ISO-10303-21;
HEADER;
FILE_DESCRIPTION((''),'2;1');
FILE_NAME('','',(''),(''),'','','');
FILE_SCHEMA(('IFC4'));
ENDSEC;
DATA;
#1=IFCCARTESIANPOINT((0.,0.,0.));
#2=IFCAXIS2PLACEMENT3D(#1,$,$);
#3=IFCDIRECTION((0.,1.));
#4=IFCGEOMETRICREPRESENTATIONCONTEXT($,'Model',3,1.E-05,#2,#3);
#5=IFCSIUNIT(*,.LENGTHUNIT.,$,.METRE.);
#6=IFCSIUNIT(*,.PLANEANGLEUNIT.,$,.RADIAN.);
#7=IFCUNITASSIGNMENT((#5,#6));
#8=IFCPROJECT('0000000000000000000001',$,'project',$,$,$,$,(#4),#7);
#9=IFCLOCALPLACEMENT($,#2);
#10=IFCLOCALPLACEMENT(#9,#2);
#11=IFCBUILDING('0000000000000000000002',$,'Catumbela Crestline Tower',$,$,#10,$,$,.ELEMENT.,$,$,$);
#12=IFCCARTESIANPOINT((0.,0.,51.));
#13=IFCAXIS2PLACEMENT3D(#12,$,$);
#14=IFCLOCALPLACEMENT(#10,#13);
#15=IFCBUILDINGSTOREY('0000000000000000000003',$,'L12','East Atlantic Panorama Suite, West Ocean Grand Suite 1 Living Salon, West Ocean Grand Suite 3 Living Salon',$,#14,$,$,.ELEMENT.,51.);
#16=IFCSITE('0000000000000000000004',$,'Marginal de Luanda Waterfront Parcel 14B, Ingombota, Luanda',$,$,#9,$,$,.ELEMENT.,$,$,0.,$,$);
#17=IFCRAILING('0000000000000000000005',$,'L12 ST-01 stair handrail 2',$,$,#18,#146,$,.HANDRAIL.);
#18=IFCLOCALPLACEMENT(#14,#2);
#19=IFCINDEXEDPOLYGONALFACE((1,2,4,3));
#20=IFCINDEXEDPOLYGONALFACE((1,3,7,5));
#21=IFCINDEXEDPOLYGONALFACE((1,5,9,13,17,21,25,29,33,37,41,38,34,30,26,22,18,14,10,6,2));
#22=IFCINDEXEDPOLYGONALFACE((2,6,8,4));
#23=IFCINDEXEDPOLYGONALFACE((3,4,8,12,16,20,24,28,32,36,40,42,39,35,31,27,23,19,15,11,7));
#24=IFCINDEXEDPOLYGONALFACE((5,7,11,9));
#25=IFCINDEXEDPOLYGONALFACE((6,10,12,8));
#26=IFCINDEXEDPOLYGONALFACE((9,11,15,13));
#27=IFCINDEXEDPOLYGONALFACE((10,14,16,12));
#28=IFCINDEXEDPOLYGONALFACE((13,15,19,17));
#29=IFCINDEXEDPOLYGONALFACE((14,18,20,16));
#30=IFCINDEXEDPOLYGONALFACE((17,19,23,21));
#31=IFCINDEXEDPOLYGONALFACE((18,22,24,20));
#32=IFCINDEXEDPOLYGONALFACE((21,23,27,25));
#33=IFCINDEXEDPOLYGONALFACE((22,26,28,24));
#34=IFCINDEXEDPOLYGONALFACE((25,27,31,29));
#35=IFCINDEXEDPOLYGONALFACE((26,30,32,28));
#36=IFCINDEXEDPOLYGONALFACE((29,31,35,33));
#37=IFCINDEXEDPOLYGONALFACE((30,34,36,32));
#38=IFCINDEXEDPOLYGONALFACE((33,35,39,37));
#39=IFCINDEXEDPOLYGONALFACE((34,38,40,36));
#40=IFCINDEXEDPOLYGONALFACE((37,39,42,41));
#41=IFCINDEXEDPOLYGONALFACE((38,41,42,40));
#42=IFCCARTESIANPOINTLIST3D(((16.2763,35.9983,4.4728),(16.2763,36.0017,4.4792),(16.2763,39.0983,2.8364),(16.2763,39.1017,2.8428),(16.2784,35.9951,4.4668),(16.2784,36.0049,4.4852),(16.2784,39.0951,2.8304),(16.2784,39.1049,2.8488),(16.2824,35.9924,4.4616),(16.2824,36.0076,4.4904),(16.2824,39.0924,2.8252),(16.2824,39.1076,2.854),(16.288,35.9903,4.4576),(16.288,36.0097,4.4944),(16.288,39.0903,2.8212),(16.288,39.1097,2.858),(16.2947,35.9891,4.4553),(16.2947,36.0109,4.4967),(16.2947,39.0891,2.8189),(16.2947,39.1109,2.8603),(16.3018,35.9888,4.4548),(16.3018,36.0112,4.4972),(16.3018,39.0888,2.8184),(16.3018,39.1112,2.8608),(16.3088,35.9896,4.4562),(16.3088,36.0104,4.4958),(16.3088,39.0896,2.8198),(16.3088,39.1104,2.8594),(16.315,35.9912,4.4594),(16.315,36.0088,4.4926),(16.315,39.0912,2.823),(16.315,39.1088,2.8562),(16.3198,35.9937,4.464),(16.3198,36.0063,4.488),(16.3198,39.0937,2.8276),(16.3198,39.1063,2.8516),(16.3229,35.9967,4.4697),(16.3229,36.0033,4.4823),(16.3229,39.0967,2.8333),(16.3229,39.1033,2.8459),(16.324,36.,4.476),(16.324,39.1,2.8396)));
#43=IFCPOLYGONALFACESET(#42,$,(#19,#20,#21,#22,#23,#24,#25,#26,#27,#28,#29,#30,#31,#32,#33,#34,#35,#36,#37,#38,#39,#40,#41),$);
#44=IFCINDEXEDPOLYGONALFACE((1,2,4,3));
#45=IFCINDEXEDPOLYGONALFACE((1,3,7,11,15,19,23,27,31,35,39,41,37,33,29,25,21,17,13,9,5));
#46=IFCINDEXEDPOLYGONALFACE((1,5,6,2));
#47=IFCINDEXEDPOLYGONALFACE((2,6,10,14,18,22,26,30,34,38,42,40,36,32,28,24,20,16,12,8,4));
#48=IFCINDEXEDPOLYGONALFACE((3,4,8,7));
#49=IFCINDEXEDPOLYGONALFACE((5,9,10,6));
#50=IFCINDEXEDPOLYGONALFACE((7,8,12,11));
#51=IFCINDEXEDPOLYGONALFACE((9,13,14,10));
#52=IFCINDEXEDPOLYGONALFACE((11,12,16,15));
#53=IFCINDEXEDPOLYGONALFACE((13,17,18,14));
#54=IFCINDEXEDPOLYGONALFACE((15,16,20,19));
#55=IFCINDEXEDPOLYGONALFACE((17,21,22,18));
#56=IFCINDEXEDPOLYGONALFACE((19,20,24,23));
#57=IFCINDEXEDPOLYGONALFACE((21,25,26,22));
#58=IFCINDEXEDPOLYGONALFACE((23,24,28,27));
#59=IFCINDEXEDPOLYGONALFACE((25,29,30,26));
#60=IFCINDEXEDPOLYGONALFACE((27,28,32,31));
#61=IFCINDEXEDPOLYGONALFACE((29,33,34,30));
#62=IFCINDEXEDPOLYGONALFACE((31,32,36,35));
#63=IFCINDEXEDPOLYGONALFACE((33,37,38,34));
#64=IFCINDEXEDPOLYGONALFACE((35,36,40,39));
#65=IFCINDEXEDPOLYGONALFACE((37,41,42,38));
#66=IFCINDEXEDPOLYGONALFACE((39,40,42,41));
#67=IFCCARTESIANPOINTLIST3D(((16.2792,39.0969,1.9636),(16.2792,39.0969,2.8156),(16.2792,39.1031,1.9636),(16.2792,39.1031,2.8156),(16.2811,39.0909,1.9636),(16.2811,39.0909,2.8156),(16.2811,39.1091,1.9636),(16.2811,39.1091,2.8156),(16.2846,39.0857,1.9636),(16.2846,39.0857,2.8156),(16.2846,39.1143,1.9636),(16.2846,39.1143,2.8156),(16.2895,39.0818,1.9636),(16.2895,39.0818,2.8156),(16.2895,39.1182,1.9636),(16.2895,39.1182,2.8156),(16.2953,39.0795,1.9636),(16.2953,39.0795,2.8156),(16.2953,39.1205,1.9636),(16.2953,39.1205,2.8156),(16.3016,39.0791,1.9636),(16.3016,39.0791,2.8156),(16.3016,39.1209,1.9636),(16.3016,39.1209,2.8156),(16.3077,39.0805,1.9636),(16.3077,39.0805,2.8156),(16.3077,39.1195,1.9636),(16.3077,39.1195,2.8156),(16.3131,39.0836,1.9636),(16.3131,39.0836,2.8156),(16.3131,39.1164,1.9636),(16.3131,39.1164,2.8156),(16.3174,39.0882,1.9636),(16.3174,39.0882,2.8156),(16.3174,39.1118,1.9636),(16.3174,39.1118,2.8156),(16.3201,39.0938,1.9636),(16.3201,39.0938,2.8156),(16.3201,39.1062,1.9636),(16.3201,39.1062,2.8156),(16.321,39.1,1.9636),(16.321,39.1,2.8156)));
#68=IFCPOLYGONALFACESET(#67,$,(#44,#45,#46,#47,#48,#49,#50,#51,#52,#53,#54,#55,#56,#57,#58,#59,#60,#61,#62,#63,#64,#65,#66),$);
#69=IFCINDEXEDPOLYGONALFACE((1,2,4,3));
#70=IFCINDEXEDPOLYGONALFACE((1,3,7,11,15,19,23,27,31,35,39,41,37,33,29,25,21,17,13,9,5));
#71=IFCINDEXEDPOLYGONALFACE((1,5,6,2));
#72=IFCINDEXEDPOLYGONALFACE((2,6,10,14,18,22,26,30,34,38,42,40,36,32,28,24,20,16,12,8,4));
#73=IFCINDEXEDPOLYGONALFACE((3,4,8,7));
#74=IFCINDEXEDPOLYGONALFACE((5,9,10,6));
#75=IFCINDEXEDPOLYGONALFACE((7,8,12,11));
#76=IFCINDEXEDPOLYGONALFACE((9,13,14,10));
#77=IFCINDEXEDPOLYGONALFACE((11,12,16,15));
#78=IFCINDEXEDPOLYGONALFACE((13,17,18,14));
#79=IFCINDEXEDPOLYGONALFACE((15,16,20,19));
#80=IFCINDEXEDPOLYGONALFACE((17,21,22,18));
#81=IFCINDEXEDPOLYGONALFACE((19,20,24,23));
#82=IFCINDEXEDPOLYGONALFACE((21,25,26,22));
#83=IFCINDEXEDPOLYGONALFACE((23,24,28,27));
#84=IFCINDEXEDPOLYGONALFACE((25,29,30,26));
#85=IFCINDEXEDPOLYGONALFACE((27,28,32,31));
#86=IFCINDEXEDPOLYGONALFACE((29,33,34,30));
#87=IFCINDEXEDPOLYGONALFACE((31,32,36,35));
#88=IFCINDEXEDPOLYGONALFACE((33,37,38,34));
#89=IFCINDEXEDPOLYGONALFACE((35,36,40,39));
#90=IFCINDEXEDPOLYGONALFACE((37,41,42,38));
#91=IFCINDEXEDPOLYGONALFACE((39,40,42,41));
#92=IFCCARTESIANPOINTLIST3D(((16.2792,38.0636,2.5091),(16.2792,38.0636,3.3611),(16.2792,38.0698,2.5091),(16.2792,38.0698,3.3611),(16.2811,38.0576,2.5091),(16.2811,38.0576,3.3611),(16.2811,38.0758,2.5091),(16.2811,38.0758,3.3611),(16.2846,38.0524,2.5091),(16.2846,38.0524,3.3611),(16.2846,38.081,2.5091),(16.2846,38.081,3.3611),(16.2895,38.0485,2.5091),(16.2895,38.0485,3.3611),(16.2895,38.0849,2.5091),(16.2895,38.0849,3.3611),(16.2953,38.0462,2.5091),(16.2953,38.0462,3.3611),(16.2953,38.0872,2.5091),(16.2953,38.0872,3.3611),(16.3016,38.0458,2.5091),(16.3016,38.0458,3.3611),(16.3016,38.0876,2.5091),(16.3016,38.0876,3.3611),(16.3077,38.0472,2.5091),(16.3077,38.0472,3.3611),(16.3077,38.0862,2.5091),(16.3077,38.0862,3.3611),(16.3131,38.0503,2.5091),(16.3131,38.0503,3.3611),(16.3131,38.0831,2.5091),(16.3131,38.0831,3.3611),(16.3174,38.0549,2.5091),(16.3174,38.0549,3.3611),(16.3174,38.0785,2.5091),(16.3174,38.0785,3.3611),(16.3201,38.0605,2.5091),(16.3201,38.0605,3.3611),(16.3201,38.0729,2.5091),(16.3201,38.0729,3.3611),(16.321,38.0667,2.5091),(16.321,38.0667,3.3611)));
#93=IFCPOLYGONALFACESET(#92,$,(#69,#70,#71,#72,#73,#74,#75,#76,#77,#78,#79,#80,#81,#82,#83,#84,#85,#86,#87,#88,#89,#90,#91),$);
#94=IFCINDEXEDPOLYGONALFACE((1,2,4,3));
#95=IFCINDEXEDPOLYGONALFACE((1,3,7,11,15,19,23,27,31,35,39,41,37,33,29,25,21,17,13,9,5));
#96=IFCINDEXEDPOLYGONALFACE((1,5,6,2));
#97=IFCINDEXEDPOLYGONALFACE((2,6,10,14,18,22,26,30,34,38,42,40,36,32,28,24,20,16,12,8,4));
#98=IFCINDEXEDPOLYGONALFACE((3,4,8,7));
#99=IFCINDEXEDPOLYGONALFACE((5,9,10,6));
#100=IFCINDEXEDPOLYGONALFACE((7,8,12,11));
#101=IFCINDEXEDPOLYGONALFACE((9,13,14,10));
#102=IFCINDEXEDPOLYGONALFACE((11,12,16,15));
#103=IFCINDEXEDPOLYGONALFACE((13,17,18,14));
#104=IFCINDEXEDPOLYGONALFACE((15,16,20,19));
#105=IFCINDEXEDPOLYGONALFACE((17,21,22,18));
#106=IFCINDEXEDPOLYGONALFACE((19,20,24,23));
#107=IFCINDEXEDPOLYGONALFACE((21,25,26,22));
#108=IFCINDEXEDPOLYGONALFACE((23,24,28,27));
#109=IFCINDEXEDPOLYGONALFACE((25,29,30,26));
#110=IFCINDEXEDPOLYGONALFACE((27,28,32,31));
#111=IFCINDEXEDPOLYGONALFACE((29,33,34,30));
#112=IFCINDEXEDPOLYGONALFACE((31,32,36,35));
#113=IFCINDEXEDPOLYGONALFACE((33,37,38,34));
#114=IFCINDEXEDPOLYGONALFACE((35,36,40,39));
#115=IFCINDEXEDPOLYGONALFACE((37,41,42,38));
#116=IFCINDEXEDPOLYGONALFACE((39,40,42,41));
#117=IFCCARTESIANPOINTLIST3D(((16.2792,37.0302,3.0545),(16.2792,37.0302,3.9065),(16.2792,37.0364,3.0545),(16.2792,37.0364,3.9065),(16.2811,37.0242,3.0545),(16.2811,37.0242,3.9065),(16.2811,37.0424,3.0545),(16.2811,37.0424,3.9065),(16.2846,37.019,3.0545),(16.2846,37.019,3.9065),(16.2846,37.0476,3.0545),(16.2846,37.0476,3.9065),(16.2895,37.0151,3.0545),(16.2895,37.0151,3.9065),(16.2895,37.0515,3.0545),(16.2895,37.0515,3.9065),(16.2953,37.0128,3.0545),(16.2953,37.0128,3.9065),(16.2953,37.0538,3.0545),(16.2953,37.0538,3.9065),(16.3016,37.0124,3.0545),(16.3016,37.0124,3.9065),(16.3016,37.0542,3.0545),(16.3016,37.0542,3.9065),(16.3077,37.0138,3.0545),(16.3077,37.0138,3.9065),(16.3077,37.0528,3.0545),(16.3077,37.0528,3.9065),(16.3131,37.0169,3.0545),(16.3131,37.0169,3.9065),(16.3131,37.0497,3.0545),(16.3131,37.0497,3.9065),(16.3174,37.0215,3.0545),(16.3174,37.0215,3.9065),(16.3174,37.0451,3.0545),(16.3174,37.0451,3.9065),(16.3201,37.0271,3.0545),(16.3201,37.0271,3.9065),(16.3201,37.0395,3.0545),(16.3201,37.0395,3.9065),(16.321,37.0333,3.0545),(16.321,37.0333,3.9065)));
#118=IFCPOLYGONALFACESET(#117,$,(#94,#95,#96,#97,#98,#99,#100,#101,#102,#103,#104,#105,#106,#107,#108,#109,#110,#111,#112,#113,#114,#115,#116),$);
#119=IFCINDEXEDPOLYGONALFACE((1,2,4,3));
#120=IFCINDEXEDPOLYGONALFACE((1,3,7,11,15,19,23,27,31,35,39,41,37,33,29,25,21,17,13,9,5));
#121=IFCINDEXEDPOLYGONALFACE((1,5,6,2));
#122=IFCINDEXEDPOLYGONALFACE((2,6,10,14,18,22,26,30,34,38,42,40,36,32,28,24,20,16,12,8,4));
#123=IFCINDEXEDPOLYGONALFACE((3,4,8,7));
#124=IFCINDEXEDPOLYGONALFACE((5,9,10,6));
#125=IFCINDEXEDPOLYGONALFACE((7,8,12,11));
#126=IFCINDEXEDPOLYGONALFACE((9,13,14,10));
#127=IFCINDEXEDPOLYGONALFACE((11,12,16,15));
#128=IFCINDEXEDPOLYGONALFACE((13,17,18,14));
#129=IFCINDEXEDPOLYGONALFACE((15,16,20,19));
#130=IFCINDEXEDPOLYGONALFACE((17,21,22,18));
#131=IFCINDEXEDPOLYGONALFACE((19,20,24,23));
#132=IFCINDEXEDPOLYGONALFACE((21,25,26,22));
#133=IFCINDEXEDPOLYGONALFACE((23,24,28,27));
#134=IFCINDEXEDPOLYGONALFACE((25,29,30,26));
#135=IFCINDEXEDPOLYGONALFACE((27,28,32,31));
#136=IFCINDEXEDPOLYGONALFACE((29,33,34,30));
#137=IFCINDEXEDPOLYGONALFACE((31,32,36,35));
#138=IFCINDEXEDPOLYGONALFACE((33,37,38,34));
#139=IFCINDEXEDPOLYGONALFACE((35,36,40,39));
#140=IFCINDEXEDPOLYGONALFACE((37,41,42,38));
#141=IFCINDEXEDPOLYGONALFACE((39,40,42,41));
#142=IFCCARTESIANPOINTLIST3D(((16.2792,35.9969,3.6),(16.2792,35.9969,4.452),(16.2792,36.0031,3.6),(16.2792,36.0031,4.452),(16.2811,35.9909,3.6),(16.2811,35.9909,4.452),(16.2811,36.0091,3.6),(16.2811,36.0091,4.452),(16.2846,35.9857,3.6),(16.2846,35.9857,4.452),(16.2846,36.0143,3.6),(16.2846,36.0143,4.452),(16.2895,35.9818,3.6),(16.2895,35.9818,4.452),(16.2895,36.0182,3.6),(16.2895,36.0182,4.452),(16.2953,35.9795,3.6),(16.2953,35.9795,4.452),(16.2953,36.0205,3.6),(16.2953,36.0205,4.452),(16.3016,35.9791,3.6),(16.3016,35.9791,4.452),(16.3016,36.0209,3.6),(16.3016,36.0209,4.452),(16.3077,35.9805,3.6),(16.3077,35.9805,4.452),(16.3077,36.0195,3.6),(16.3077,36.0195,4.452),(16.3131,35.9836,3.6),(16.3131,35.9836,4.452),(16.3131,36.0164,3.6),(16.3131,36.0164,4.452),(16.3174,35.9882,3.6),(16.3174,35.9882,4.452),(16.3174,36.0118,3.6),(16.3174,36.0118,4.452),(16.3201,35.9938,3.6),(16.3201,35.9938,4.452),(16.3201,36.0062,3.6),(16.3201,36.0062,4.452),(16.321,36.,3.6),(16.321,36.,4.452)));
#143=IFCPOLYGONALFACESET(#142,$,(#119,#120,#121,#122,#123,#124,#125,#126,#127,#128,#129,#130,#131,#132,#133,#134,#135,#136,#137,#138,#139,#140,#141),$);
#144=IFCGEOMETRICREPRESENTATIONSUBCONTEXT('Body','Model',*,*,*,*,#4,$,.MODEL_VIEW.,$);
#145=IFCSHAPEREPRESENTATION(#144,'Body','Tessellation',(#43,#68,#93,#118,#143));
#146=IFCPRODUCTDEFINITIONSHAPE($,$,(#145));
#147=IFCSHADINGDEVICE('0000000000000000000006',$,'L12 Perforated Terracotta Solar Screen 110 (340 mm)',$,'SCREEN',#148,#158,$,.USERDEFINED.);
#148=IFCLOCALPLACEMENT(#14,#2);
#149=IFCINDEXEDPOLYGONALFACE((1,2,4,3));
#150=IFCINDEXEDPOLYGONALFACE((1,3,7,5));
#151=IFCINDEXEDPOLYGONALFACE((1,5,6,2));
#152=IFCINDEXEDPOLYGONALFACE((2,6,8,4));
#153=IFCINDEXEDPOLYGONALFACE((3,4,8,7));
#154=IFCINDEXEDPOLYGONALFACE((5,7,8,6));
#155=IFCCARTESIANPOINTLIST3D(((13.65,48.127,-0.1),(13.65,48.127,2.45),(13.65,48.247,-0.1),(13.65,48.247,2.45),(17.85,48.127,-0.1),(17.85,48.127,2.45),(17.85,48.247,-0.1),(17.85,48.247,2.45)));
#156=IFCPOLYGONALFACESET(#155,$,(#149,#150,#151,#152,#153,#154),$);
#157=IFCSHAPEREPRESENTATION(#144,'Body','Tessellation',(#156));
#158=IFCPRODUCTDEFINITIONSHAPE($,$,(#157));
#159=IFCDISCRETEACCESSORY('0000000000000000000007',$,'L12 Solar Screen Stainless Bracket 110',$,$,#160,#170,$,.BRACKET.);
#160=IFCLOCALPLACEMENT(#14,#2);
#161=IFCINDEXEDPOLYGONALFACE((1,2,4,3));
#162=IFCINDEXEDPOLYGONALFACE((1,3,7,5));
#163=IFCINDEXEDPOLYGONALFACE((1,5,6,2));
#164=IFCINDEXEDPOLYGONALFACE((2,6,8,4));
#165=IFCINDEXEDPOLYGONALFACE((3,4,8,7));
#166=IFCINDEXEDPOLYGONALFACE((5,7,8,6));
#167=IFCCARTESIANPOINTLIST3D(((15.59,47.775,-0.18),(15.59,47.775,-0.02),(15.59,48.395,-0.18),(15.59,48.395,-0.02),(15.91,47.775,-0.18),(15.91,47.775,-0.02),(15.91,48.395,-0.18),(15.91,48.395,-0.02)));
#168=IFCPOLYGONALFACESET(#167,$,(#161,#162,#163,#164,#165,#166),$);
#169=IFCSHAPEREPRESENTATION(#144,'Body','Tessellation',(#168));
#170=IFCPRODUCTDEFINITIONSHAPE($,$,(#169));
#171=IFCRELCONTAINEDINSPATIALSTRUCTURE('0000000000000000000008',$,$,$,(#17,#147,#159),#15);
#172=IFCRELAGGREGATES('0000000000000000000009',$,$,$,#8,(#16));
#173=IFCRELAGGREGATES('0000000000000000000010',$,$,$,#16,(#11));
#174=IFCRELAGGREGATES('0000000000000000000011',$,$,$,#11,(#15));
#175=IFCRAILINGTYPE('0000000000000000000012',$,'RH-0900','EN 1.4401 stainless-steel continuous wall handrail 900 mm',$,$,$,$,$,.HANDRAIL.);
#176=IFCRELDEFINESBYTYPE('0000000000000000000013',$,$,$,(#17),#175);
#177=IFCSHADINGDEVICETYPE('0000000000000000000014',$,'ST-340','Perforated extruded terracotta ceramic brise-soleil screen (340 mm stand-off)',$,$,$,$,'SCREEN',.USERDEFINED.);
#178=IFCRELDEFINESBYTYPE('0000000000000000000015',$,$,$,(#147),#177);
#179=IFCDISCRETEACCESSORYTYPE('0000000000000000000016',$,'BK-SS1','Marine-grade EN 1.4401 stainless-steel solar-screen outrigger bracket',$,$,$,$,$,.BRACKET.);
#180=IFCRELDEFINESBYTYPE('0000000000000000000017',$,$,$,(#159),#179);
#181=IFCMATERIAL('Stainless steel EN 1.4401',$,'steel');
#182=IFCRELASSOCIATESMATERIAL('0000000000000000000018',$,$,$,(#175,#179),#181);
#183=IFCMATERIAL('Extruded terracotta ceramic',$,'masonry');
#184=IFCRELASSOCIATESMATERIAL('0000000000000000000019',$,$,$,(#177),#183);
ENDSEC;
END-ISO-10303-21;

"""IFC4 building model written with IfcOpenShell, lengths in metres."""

from ifc_helpers import new_model, si_unit, direction, frame, origin, origin_2d, place, context, subcontext, project, spatial, rectangle, circle, extrude, material, type_object, element, save


model = new_model("IFC4")

# Units and contexts
model_context = context("Model", 3, precision=1e-05, world=origin(), true_north=direction((0.0, 1.0)))
body_context = subcontext(model_context, "Body", "Model", "MODEL_VIEW")
ifc_project = project(units=[si_unit("LENGTHUNIT", "METRE"), si_unit("PLANEANGLEUNIT", "RADIAN")], contexts=[model_context])

# Site, building, storey
site_placement = place(None, origin())
site = spatial("IfcSite", under=ifc_project, at=site_placement, Name="Marginal de Luanda Waterfront Parcel 14B, Ingombota, Luanda", CompositionType="ELEMENT", RefElevation=0.0)
building_placement = place(site_placement, origin())
building = spatial("IfcBuilding", under=site, at=building_placement, Name="Catumbela Crestline Tower", CompositionType="ELEMENT")
storey_placement = place(building_placement, frame((0.0, 0.0, 51.0)))
storey = spatial("IfcBuildingStorey", under=building, at=storey_placement, Name="L12", Description="East Atlantic Panorama Suite, West Ocean Grand Suite 1 Living Salon, West Ocean Grand Suite 3 Living Salon", CompositionType="ELEMENT", Elevation=51.0)

# Railing
ifc_material_1 = material(Name="Stainless steel EN 1.4401", Category="steel")
railing_type_1 = type_object("IfcRailingType", Name="RH-0900", Description="EN 1.4401 stainless-steel continuous wall handrail 900 mm", PredefinedType="HANDRAIL", material=ifc_material_1)
railing_1_placement = place(storey_placement, frame((16.3, 39.1, 1.9636)))
element("IfcRailing", 1, at=railing_1_placement, inside=storey, type_object=railing_type_1, Name="L12 ST-01 stair handrail 2", PredefinedType="HANDRAIL", context=body_context, shape_type="SweptSolid", body=[
    extrude(circle(Radius=0.024, at=origin_2d()), frame((0.0, 0.0, 0.876), z_axis=(0.0, -0.884351, 0.466823), x_axis=(1.0, 0.0, 0.0)), (0.0, 0.0, 1.0), 3.5054),
    extrude(circle(Radius=0.021, at=origin_2d()), origin(), (0.0, 0.0, 1.0), 0.852),
    extrude(circle(Radius=0.021, at=origin_2d()), frame((0.0, -1.0333, 0.5455)), (0.0, 0.0, 1.0), 0.852),
    extrude(circle(Radius=0.021, at=origin_2d()), frame((0.0, -2.0667, 1.0909)), (0.0, 0.0, 1.0), 0.852),
    extrude(circle(Radius=0.021, at=origin_2d()), frame((0.0, -3.1, 1.6364)), (0.0, 0.0, 1.0), 0.852),
])

# Shading device
ifc_material_2 = material(Name="Extruded terracotta ceramic", Category="masonry")
shading_device_type = type_object("IfcShadingDeviceType", Name="ST-340", Description="Perforated extruded terracotta ceramic brise-soleil screen (340 mm stand-off)", ElementType="SCREEN", PredefinedType="USERDEFINED", material=ifc_material_2)
shading_device_placement = place(storey_placement, frame((15.75, 48.187, -0.1), z_axis=(0.0, 0.0, 1.0), x_axis=(-1.0, 0.0, 0.0)))
element("IfcShadingDevice", 2, at=shading_device_placement, inside=storey, type_object=shading_device_type, Name="L12 Perforated Terracotta Solar Screen 110 (340 mm)", ObjectType="SCREEN", PredefinedType="USERDEFINED", context=body_context, shape_type="SweptSolid", body=[
    extrude(rectangle(XDim=4.2, YDim=0.12, at=origin_2d()), origin(), (0.0, 0.0, 1.0), 2.55),
])

# Discrete accessory
discrete_accessory_type = type_object("IfcDiscreteAccessoryType", Name="BK-SS1", Description="Marine-grade EN 1.4401 stainless-steel solar-screen outrigger bracket", PredefinedType="BRACKET", material=ifc_material_1)
discrete_accessory_placement = place(storey_placement, frame((15.75, 48.085, -0.18), z_axis=(0.0, 0.0, 1.0), x_axis=(-1.0, 0.0, 0.0)))
element("IfcDiscreteAccessory", 3, at=discrete_accessory_placement, inside=storey, type_object=discrete_accessory_type, Name="L12 Solar Screen Stainless Bracket 110", PredefinedType="BRACKET", context=body_context, shape_type="SweptSolid", body=[
    extrude(rectangle(XDim=0.32, YDim=0.62, at=origin_2d()), origin(), (0.0, 0.0, 1.0), 0.16),
])

save(model, "model.ifc")
